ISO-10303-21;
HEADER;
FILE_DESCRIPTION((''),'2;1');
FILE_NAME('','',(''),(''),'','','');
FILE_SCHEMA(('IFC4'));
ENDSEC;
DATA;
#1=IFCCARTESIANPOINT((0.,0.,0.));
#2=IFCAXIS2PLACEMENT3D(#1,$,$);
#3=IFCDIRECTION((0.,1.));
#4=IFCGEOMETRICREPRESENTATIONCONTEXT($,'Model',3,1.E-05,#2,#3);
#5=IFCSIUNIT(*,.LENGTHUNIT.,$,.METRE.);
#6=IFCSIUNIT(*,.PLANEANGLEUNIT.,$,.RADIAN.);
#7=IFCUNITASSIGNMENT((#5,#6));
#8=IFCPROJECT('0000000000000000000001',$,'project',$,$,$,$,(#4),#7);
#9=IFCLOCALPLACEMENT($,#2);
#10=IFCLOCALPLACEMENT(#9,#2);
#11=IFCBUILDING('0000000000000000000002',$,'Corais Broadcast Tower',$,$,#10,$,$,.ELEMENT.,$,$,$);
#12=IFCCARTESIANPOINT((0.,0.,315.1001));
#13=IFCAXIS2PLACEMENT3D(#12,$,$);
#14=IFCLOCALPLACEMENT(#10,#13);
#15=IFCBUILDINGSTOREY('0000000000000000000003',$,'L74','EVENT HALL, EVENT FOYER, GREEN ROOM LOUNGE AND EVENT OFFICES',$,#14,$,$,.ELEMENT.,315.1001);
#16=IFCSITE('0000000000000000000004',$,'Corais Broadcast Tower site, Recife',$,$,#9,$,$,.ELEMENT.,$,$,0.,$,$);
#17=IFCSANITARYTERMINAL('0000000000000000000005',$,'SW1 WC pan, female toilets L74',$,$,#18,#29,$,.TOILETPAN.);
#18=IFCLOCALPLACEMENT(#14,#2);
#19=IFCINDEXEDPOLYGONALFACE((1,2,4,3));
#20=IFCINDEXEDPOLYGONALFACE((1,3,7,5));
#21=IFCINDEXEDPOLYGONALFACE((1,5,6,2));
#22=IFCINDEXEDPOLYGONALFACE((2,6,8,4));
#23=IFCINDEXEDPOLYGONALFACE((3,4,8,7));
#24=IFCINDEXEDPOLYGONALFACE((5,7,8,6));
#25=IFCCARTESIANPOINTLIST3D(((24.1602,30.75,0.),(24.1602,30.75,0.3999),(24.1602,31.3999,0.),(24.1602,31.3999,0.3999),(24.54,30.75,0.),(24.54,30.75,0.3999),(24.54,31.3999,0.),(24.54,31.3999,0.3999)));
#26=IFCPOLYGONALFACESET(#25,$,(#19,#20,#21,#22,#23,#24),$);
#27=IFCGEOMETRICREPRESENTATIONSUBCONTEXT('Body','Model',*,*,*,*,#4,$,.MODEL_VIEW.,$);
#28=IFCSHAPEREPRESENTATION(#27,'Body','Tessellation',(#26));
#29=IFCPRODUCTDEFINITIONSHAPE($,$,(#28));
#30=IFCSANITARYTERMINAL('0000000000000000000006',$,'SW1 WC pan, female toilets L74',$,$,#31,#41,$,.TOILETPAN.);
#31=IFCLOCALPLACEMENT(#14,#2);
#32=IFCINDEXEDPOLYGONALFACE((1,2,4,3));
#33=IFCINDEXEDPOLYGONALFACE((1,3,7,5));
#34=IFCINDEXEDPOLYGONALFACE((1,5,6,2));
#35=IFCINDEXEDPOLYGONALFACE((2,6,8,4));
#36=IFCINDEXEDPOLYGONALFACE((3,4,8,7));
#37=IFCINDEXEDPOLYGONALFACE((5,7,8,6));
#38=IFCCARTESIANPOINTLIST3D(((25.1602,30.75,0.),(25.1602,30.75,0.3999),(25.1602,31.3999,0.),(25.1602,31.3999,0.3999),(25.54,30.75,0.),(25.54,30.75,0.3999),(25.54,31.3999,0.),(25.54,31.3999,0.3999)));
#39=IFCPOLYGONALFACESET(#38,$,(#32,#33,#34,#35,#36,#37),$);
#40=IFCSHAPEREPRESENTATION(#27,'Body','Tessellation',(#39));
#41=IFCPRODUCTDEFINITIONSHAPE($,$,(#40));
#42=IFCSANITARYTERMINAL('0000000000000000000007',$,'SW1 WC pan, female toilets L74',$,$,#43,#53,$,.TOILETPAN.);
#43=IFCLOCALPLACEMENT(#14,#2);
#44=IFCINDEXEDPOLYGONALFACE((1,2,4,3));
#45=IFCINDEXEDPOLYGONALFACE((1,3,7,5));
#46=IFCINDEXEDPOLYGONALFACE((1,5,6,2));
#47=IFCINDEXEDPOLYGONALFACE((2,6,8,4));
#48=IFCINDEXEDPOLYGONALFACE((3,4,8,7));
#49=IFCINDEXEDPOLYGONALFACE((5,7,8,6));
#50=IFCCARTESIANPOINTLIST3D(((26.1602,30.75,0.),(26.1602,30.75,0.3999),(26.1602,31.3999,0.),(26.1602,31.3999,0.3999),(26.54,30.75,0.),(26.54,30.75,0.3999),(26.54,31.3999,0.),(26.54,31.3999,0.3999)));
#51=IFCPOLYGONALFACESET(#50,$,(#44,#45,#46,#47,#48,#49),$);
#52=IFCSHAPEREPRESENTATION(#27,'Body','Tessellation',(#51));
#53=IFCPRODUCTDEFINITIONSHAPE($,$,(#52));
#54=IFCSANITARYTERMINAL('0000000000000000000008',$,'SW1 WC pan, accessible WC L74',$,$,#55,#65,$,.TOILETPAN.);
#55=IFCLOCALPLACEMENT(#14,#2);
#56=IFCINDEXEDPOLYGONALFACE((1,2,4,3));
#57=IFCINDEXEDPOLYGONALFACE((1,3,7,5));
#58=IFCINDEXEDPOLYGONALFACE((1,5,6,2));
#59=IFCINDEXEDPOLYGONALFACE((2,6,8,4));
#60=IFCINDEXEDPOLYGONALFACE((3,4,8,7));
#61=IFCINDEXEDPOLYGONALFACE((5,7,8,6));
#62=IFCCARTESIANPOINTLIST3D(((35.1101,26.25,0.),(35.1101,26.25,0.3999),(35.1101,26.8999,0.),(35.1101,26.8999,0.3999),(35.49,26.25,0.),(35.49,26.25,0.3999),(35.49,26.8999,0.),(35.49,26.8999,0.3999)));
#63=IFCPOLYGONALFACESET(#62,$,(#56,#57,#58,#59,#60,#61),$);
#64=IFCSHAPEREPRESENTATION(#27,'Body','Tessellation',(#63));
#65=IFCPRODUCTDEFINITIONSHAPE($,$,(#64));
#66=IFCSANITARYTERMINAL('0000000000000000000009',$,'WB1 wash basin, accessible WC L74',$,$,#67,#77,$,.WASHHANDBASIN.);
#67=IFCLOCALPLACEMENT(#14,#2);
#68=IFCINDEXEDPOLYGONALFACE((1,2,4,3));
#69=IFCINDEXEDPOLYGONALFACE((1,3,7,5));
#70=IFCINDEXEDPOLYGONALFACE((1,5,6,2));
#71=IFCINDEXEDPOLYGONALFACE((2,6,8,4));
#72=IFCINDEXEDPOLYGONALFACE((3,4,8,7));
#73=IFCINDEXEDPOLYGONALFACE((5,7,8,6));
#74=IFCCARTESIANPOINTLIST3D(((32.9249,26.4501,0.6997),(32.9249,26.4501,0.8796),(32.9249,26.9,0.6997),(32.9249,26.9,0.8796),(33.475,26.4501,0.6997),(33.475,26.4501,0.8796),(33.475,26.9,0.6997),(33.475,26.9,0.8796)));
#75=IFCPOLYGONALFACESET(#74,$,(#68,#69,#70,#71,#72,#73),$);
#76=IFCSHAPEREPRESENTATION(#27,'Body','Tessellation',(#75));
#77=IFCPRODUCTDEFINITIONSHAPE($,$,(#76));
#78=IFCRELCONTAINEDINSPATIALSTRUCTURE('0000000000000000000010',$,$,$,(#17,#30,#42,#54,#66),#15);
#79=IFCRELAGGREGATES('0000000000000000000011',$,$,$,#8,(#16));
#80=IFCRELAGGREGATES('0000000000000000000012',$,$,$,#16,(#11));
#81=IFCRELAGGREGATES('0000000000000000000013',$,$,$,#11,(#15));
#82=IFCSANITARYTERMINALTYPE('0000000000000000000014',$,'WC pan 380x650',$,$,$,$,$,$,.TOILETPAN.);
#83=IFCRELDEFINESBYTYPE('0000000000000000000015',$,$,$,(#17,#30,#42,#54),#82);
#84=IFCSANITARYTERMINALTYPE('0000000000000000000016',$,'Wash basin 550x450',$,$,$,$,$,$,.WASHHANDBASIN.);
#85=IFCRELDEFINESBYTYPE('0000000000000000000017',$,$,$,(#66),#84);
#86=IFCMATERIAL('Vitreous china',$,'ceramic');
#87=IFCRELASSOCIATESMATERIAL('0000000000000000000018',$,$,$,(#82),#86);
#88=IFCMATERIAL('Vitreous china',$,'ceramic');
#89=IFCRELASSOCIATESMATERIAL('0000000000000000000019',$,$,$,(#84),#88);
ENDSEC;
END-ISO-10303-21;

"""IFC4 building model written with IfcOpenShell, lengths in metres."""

from ifc_helpers import new_model, si_unit, direction, frame, origin, origin_2d, place, context, subcontext, project, spatial, rectangle, extrude, material, type_object, element, save


model = new_model("IFC4")

# Units and contexts
model_context = context("Model", 3, precision=1e-05, world=origin(), true_north=direction((0.0, 1.0)))
body_context = subcontext(model_context, "Body", "Model", "MODEL_VIEW")
ifc_project = project(units=[si_unit("LENGTHUNIT", "METRE"), si_unit("PLANEANGLEUNIT", "RADIAN")], contexts=[model_context])

# Site, building, storey
site_placement = place(None, origin())
site = spatial("IfcSite", under=ifc_project, at=site_placement, Name="Corais Broadcast Tower site, Recife", CompositionType="ELEMENT", RefElevation=0.0)
building_placement = place(site_placement, origin())
building = spatial("IfcBuilding", under=site, at=building_placement, Name="Corais Broadcast Tower", CompositionType="ELEMENT")
storey_placement = place(building_placement, frame((0.0, 0.0, 315.1001)))
storey = spatial("IfcBuildingStorey", under=building, at=storey_placement, Name="L74", Description="EVENT HALL, EVENT FOYER, GREEN ROOM LOUNGE AND EVENT OFFICES", CompositionType="ELEMENT", Elevation=315.1001)

# Sanitary terminals
ifc_material_1 = material(Name="Vitreous china", Category="ceramic")
sanitary_terminal_type_1 = type_object("IfcSanitaryTerminalType", Name="WC pan 380x650", PredefinedType="TOILETPAN", material=ifc_material_1)
for number, where, z_axis, x_axis, name in (
    (1, (24.3501, 31.075, 0.0), (0.0, 0.0, 1.0), (1.0, 0.0, 0.0), "SW1 WC pan, female toilets L74"),
    (2, (25.3501, 31.075, 0.0), (0.0, 0.0, 1.0), (1.0, 0.0, 0.0), "SW1 WC pan, female toilets L74"),
    (3, (26.3501, 31.075, 0.0), (0.0, 0.0, 1.0), (1.0, 0.0, 0.0), "SW1 WC pan, female toilets L74"),
    (4, (35.3, 26.575, 0.0), (0.0, 0.0, 1.0), (1.0, 0.0, 0.0), "SW1 WC pan, accessible WC L74"),
):
    element("IfcSanitaryTerminal", number, at=place(storey_placement, frame(where, z_axis=z_axis, x_axis=x_axis)), inside=storey, type_object=sanitary_terminal_type_1, Name=name, PredefinedType="TOILETPAN", context=body_context, shape_type="SweptSolid", body=[
        extrude(rectangle(XDim=0.3799, YDim=0.6499, at=origin_2d()), origin(), (0.0, 0.0, 1.0), 0.3999),
    ])
ifc_material_2 = material(Name="Vitreous china", Category="ceramic")
sanitary_terminal_type_2 = type_object("IfcSanitaryTerminalType", Name="Wash basin 550x450", PredefinedType="WASHHANDBASIN", material=ifc_material_2)
sanitary_terminal_placement = place(storey_placement, frame((33.2, 26.675, 0.6997), z_axis=(0.0, 0.0, 1.0), x_axis=(1.0, 0.0, 0.0)))
element("IfcSanitaryTerminal", 5, at=sanitary_terminal_placement, inside=storey, type_object=sanitary_terminal_type_2, Name="WB1 wash basin, accessible WC L74", PredefinedType="WASHHANDBASIN", context=body_context, shape_type="SweptSolid", body=[
    extrude(rectangle(XDim=0.55, YDim=0.45, at=origin_2d()), origin(), (0.0, 0.0, 1.0), 0.1799),
])

save(model, "model.ifc")
